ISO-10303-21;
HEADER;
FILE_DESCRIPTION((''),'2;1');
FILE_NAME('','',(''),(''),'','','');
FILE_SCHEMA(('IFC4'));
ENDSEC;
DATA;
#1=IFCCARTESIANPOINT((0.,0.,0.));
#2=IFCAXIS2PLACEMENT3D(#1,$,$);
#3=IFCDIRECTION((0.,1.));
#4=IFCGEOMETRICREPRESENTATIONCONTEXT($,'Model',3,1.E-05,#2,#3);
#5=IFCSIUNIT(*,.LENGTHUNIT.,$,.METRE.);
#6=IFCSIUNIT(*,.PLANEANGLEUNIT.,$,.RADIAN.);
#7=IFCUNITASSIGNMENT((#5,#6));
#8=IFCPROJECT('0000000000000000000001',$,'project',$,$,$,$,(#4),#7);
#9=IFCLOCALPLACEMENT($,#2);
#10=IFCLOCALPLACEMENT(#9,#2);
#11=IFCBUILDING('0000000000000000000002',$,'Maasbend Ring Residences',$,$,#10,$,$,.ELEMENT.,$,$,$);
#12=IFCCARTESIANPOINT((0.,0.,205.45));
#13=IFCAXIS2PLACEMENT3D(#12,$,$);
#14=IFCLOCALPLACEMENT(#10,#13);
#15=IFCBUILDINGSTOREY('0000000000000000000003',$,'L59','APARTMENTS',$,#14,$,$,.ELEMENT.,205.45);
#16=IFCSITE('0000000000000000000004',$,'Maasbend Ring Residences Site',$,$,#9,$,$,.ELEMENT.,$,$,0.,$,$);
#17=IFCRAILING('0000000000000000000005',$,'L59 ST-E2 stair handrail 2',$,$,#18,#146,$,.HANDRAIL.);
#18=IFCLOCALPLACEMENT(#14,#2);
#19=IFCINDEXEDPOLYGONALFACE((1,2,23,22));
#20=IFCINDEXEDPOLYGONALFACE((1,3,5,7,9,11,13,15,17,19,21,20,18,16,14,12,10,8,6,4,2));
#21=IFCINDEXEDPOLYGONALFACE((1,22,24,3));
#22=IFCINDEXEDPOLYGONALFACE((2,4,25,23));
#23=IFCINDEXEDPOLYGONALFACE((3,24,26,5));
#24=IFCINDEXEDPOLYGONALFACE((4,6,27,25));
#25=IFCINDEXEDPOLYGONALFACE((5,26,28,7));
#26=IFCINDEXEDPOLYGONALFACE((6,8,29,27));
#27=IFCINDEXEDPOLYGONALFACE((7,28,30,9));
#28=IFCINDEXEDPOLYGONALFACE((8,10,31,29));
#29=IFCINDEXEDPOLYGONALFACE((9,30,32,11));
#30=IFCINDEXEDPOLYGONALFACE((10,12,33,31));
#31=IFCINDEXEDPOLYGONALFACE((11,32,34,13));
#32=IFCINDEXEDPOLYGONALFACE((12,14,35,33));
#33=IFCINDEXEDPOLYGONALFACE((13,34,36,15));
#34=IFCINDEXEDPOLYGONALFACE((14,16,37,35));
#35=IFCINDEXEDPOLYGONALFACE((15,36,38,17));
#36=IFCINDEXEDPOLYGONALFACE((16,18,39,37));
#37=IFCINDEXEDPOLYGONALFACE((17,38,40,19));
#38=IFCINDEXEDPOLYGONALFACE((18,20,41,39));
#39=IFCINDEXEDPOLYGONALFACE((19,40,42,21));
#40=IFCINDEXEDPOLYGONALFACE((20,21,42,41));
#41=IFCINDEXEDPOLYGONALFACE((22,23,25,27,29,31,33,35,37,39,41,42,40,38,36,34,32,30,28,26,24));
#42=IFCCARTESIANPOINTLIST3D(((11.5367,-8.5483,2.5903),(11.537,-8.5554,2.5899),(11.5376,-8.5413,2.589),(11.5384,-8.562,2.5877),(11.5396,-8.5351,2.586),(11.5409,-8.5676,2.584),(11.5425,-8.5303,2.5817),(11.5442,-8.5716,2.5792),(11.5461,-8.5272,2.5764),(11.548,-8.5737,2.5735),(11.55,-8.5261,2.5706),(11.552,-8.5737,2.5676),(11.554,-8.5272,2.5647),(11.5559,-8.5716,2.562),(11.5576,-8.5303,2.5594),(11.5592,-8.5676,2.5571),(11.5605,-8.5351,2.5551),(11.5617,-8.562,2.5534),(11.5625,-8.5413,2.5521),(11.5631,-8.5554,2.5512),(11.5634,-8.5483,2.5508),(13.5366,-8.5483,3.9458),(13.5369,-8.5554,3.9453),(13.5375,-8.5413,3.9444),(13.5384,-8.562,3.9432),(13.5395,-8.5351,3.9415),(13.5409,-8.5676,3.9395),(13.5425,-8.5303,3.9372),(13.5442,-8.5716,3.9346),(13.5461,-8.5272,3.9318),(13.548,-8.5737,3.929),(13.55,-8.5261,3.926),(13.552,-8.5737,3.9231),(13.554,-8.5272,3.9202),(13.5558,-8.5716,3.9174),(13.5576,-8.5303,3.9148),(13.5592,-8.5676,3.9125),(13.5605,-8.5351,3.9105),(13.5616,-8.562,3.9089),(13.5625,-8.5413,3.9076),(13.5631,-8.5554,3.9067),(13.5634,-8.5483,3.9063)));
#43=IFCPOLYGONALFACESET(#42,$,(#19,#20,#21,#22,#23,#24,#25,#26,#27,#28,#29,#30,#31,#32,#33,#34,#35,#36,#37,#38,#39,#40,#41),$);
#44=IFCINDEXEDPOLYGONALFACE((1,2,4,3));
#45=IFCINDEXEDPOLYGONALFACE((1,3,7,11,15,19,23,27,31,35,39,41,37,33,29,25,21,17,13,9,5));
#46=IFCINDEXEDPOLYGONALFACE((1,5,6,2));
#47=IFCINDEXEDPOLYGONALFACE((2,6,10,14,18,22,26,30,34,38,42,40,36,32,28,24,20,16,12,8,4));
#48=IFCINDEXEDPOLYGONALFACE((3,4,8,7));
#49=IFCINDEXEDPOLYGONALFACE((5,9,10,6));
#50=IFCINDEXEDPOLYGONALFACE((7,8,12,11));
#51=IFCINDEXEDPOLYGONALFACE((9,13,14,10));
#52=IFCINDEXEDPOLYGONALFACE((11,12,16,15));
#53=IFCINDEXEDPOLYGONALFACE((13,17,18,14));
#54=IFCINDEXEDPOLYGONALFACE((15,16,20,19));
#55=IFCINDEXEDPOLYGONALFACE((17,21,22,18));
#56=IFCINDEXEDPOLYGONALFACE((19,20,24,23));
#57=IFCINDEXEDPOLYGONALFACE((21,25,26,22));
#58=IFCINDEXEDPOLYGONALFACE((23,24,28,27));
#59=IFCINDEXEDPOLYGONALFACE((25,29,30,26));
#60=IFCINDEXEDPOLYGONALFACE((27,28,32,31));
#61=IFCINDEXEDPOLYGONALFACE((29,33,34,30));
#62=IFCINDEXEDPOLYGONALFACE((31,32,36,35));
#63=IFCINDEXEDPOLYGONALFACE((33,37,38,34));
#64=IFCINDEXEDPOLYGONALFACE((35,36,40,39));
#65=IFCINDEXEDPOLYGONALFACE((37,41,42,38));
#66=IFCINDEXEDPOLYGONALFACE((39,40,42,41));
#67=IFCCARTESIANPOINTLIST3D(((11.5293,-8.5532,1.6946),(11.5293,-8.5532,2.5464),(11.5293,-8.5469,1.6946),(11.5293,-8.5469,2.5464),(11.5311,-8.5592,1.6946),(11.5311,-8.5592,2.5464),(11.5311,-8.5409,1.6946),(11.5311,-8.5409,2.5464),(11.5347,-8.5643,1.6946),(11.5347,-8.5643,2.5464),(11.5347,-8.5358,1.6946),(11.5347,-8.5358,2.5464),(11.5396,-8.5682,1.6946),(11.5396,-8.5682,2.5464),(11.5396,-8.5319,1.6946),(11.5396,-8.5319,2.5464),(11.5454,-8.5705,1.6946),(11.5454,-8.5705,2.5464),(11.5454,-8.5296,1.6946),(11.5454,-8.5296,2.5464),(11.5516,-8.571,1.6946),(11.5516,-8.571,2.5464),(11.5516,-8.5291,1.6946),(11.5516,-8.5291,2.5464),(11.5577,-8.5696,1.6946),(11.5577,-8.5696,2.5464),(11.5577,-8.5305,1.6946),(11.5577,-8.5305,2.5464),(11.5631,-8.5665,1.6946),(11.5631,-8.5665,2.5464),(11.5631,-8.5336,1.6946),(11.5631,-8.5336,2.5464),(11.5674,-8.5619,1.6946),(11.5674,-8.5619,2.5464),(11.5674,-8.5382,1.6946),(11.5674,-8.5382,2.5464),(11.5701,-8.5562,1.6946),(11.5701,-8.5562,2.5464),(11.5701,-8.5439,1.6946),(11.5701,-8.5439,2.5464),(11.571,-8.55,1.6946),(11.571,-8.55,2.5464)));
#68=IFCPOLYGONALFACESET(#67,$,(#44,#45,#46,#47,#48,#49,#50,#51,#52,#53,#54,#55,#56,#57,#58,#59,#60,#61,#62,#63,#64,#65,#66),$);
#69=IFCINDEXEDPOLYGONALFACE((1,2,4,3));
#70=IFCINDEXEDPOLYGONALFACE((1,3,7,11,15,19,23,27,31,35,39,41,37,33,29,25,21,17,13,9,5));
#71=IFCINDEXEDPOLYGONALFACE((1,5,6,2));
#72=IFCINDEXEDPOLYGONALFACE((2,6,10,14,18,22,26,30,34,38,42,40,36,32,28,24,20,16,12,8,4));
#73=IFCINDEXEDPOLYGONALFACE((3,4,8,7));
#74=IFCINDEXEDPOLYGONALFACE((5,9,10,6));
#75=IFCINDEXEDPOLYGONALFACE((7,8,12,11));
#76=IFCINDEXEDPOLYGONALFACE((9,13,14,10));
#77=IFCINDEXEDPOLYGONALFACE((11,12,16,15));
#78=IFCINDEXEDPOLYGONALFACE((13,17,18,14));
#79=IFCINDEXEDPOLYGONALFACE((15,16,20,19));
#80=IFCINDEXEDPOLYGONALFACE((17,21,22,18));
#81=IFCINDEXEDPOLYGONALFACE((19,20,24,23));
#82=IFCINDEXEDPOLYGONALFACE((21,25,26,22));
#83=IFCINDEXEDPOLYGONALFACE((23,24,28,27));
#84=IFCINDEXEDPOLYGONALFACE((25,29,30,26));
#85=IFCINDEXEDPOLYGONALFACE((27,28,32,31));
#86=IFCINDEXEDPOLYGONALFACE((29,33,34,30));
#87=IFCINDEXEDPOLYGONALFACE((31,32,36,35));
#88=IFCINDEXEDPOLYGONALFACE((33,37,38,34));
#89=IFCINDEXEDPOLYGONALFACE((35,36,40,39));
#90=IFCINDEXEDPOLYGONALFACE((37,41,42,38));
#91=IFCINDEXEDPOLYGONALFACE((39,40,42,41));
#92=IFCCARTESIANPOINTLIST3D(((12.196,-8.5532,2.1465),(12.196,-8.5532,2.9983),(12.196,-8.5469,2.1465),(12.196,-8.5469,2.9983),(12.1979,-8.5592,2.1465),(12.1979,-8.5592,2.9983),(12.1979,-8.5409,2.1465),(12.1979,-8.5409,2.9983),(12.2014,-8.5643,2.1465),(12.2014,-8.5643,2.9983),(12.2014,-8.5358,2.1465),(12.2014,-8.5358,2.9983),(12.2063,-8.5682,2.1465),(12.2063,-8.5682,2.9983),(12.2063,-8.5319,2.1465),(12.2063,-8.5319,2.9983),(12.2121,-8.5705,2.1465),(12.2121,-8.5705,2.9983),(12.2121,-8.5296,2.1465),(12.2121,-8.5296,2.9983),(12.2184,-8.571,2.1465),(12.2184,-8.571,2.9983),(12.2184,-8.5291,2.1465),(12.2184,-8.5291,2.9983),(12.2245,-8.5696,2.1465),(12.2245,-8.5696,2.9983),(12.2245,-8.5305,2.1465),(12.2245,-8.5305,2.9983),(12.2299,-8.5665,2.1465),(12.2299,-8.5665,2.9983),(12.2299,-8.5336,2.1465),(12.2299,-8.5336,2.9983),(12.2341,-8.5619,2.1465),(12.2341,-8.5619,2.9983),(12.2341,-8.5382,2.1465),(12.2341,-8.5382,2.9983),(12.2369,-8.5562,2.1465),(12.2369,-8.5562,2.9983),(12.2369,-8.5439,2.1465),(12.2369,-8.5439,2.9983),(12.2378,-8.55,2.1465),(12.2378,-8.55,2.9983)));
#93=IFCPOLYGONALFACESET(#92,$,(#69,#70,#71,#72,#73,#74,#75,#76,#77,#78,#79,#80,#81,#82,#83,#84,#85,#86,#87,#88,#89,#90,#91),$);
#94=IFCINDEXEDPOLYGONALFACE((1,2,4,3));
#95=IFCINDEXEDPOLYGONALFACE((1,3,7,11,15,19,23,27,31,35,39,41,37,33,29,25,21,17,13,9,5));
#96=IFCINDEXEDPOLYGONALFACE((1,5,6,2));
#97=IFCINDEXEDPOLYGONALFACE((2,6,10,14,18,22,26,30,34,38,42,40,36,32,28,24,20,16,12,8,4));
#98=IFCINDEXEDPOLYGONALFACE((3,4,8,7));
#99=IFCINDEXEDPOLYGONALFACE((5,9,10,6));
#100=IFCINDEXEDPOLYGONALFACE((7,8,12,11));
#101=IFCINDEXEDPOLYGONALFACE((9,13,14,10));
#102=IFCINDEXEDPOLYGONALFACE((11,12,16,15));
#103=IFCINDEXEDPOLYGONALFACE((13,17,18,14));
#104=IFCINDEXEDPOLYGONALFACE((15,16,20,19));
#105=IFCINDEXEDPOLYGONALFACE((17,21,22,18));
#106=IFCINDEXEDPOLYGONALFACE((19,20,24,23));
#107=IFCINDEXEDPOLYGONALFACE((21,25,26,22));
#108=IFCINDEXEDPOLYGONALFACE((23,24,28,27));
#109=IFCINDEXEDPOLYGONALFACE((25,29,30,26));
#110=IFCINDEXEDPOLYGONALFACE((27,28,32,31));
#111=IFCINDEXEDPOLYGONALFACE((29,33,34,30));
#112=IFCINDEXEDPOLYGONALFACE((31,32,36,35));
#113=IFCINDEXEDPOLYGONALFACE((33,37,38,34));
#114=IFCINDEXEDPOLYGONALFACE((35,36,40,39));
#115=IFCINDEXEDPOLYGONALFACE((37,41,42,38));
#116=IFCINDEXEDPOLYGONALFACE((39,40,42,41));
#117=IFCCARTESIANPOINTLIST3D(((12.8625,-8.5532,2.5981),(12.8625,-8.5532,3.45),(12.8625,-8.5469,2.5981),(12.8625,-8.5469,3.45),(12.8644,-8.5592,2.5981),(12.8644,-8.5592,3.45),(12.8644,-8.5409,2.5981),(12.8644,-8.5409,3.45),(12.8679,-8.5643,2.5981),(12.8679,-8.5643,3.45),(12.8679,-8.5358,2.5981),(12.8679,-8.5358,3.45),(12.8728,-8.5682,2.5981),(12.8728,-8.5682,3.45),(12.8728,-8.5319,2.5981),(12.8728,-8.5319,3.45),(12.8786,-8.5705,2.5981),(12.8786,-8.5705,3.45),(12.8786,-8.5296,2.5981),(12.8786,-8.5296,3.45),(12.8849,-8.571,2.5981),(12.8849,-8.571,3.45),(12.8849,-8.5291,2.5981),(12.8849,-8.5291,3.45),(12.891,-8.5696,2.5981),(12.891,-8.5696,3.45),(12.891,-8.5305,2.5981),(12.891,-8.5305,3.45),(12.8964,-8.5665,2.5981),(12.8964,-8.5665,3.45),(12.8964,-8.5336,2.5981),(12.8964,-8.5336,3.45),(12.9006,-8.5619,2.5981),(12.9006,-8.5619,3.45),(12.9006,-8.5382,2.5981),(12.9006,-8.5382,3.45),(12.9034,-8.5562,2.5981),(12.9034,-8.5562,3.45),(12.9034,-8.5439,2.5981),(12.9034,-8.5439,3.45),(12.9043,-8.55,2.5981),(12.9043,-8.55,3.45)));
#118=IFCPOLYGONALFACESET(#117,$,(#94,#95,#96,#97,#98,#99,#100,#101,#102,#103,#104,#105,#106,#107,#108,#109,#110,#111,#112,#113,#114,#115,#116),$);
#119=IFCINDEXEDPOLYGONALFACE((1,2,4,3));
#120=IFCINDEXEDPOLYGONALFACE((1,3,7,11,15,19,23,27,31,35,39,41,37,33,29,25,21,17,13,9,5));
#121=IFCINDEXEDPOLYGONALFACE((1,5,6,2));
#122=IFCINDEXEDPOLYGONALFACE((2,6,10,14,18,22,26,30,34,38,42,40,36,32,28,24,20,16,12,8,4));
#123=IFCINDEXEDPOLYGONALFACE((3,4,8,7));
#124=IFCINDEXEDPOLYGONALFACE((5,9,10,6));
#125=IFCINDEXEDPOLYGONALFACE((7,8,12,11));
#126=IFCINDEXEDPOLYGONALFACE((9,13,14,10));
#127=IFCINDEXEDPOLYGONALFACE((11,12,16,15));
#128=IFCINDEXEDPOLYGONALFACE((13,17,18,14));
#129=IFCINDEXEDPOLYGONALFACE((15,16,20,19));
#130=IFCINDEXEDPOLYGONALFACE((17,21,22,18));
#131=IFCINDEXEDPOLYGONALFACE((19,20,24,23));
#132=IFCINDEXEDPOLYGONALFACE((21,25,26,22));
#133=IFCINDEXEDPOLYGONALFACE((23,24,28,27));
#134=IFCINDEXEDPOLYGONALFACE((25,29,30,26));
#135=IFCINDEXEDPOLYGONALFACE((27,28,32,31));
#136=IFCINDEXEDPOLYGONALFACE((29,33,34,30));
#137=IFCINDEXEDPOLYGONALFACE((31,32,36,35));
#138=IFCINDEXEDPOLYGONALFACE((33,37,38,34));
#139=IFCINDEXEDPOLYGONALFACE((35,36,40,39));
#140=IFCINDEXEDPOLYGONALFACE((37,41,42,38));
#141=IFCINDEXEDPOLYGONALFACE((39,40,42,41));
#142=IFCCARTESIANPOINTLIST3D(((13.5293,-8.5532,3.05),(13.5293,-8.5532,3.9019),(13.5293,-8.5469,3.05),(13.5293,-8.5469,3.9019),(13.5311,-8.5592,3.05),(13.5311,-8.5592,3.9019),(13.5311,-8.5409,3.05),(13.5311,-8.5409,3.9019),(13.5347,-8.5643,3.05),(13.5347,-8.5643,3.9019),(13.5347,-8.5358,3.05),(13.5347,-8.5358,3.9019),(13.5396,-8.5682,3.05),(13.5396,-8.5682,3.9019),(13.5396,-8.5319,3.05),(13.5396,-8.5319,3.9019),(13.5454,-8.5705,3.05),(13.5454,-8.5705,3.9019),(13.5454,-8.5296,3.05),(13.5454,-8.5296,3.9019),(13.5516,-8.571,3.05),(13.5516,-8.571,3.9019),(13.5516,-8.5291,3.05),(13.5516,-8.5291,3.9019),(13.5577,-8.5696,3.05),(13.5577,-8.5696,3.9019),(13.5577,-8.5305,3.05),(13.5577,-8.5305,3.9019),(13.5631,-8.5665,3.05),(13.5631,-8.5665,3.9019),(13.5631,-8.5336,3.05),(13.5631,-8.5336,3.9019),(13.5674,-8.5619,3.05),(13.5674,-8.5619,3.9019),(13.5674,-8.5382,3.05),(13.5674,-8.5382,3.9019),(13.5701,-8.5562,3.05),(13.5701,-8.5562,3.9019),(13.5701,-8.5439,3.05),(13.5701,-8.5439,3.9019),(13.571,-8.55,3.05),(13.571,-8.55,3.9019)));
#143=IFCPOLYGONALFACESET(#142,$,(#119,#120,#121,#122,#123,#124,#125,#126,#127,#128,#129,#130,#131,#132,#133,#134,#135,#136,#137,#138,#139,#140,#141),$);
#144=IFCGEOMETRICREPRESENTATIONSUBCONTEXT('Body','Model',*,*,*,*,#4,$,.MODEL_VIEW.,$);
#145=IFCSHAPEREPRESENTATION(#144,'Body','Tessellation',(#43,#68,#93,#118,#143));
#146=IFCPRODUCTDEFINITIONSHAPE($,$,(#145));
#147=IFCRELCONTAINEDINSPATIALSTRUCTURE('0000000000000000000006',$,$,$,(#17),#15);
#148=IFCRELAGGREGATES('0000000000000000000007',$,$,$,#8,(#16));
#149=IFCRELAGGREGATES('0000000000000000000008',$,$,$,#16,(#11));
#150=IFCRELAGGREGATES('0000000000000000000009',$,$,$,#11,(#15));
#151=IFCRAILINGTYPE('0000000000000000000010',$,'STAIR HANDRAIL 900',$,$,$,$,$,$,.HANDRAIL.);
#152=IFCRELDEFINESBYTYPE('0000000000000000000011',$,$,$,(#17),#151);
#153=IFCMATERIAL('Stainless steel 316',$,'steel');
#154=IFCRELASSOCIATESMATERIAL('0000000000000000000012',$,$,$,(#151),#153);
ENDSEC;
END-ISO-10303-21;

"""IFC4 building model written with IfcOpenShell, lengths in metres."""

from ifc_helpers import new_model, si_unit, direction, frame, origin, origin_2d, place, context, subcontext, project, spatial, circle, extrude, material, type_object, element, save


model = new_model("IFC4")

# Units and contexts
model_context = context("Model", 3, precision=1e-05, world=origin(), true_north=direction((0.0, 1.0)))
body_context = subcontext(model_context, "Body", "Model", "MODEL_VIEW")
ifc_project = project(units=[si_unit("LENGTHUNIT", "METRE"), si_unit("PLANEANGLEUNIT", "RADIAN")], contexts=[model_context])

# Site, building, storey
site_placement = place(None, origin())
site = spatial("IfcSite", under=ifc_project, at=site_placement, Name="Maasbend Ring Residences Site", CompositionType="ELEMENT", RefElevation=0.0)
building_placement = place(site_placement, origin())
building = spatial("IfcBuilding", under=site, at=building_placement, Name="Maasbend Ring Residences", CompositionType="ELEMENT")
storey_placement = place(building_placement, frame((0.0, 0.0, 205.45)))
storey = spatial("IfcBuildingStorey", under=building, at=storey_placement, Name="L59", Description="APARTMENTS", CompositionType="ELEMENT", Elevation=205.45)

# Railing
ifc_material_1 = material(Name="Stainless steel 316", Category="steel")
railing_type_1 = type_object("IfcRailingType", Name="STAIR HANDRAIL 900", PredefinedType="HANDRAIL", material=ifc_material_1)
railing_1_placement = place(storey_placement, frame((11.55, -8.55, 1.6946)))
element("IfcRailing", 1, at=railing_1_placement, inside=storey, type_object=railing_type_1, Name="L59 ST-E2 stair handrail 2", PredefinedType="HANDRAIL", context=body_context, shape_type="SweptSolid", body=[
    extrude(circle(Radius=0.0239, at=origin_2d()), frame((0.0, 0.0, 0.876), z_axis=(0.827798, 0.0, 0.561027), x_axis=(0.0, 1.0, 0.0)), (0.0, 0.0, 1.0), 2.416),
    extrude(circle(Radius=0.021, at=origin_2d()), origin(), (0.0, 0.0, 1.0), 0.8518),
    extrude(circle(Radius=0.021, at=origin_2d()), frame((0.6667, 0.0, 0.4519)), (0.0, 0.0, 1.0), 0.8518),
    extrude(circle(Radius=0.021, at=origin_2d()), frame((1.3333, 0.0, 0.9036)), (0.0, 0.0, 1.0), 0.8518),
    extrude(circle(Radius=0.021, at=origin_2d()), frame((2.0, 0.0, 1.3555)), (0.0, 0.0, 1.0), 0.8518),
])

save(model, "model.ifc")
